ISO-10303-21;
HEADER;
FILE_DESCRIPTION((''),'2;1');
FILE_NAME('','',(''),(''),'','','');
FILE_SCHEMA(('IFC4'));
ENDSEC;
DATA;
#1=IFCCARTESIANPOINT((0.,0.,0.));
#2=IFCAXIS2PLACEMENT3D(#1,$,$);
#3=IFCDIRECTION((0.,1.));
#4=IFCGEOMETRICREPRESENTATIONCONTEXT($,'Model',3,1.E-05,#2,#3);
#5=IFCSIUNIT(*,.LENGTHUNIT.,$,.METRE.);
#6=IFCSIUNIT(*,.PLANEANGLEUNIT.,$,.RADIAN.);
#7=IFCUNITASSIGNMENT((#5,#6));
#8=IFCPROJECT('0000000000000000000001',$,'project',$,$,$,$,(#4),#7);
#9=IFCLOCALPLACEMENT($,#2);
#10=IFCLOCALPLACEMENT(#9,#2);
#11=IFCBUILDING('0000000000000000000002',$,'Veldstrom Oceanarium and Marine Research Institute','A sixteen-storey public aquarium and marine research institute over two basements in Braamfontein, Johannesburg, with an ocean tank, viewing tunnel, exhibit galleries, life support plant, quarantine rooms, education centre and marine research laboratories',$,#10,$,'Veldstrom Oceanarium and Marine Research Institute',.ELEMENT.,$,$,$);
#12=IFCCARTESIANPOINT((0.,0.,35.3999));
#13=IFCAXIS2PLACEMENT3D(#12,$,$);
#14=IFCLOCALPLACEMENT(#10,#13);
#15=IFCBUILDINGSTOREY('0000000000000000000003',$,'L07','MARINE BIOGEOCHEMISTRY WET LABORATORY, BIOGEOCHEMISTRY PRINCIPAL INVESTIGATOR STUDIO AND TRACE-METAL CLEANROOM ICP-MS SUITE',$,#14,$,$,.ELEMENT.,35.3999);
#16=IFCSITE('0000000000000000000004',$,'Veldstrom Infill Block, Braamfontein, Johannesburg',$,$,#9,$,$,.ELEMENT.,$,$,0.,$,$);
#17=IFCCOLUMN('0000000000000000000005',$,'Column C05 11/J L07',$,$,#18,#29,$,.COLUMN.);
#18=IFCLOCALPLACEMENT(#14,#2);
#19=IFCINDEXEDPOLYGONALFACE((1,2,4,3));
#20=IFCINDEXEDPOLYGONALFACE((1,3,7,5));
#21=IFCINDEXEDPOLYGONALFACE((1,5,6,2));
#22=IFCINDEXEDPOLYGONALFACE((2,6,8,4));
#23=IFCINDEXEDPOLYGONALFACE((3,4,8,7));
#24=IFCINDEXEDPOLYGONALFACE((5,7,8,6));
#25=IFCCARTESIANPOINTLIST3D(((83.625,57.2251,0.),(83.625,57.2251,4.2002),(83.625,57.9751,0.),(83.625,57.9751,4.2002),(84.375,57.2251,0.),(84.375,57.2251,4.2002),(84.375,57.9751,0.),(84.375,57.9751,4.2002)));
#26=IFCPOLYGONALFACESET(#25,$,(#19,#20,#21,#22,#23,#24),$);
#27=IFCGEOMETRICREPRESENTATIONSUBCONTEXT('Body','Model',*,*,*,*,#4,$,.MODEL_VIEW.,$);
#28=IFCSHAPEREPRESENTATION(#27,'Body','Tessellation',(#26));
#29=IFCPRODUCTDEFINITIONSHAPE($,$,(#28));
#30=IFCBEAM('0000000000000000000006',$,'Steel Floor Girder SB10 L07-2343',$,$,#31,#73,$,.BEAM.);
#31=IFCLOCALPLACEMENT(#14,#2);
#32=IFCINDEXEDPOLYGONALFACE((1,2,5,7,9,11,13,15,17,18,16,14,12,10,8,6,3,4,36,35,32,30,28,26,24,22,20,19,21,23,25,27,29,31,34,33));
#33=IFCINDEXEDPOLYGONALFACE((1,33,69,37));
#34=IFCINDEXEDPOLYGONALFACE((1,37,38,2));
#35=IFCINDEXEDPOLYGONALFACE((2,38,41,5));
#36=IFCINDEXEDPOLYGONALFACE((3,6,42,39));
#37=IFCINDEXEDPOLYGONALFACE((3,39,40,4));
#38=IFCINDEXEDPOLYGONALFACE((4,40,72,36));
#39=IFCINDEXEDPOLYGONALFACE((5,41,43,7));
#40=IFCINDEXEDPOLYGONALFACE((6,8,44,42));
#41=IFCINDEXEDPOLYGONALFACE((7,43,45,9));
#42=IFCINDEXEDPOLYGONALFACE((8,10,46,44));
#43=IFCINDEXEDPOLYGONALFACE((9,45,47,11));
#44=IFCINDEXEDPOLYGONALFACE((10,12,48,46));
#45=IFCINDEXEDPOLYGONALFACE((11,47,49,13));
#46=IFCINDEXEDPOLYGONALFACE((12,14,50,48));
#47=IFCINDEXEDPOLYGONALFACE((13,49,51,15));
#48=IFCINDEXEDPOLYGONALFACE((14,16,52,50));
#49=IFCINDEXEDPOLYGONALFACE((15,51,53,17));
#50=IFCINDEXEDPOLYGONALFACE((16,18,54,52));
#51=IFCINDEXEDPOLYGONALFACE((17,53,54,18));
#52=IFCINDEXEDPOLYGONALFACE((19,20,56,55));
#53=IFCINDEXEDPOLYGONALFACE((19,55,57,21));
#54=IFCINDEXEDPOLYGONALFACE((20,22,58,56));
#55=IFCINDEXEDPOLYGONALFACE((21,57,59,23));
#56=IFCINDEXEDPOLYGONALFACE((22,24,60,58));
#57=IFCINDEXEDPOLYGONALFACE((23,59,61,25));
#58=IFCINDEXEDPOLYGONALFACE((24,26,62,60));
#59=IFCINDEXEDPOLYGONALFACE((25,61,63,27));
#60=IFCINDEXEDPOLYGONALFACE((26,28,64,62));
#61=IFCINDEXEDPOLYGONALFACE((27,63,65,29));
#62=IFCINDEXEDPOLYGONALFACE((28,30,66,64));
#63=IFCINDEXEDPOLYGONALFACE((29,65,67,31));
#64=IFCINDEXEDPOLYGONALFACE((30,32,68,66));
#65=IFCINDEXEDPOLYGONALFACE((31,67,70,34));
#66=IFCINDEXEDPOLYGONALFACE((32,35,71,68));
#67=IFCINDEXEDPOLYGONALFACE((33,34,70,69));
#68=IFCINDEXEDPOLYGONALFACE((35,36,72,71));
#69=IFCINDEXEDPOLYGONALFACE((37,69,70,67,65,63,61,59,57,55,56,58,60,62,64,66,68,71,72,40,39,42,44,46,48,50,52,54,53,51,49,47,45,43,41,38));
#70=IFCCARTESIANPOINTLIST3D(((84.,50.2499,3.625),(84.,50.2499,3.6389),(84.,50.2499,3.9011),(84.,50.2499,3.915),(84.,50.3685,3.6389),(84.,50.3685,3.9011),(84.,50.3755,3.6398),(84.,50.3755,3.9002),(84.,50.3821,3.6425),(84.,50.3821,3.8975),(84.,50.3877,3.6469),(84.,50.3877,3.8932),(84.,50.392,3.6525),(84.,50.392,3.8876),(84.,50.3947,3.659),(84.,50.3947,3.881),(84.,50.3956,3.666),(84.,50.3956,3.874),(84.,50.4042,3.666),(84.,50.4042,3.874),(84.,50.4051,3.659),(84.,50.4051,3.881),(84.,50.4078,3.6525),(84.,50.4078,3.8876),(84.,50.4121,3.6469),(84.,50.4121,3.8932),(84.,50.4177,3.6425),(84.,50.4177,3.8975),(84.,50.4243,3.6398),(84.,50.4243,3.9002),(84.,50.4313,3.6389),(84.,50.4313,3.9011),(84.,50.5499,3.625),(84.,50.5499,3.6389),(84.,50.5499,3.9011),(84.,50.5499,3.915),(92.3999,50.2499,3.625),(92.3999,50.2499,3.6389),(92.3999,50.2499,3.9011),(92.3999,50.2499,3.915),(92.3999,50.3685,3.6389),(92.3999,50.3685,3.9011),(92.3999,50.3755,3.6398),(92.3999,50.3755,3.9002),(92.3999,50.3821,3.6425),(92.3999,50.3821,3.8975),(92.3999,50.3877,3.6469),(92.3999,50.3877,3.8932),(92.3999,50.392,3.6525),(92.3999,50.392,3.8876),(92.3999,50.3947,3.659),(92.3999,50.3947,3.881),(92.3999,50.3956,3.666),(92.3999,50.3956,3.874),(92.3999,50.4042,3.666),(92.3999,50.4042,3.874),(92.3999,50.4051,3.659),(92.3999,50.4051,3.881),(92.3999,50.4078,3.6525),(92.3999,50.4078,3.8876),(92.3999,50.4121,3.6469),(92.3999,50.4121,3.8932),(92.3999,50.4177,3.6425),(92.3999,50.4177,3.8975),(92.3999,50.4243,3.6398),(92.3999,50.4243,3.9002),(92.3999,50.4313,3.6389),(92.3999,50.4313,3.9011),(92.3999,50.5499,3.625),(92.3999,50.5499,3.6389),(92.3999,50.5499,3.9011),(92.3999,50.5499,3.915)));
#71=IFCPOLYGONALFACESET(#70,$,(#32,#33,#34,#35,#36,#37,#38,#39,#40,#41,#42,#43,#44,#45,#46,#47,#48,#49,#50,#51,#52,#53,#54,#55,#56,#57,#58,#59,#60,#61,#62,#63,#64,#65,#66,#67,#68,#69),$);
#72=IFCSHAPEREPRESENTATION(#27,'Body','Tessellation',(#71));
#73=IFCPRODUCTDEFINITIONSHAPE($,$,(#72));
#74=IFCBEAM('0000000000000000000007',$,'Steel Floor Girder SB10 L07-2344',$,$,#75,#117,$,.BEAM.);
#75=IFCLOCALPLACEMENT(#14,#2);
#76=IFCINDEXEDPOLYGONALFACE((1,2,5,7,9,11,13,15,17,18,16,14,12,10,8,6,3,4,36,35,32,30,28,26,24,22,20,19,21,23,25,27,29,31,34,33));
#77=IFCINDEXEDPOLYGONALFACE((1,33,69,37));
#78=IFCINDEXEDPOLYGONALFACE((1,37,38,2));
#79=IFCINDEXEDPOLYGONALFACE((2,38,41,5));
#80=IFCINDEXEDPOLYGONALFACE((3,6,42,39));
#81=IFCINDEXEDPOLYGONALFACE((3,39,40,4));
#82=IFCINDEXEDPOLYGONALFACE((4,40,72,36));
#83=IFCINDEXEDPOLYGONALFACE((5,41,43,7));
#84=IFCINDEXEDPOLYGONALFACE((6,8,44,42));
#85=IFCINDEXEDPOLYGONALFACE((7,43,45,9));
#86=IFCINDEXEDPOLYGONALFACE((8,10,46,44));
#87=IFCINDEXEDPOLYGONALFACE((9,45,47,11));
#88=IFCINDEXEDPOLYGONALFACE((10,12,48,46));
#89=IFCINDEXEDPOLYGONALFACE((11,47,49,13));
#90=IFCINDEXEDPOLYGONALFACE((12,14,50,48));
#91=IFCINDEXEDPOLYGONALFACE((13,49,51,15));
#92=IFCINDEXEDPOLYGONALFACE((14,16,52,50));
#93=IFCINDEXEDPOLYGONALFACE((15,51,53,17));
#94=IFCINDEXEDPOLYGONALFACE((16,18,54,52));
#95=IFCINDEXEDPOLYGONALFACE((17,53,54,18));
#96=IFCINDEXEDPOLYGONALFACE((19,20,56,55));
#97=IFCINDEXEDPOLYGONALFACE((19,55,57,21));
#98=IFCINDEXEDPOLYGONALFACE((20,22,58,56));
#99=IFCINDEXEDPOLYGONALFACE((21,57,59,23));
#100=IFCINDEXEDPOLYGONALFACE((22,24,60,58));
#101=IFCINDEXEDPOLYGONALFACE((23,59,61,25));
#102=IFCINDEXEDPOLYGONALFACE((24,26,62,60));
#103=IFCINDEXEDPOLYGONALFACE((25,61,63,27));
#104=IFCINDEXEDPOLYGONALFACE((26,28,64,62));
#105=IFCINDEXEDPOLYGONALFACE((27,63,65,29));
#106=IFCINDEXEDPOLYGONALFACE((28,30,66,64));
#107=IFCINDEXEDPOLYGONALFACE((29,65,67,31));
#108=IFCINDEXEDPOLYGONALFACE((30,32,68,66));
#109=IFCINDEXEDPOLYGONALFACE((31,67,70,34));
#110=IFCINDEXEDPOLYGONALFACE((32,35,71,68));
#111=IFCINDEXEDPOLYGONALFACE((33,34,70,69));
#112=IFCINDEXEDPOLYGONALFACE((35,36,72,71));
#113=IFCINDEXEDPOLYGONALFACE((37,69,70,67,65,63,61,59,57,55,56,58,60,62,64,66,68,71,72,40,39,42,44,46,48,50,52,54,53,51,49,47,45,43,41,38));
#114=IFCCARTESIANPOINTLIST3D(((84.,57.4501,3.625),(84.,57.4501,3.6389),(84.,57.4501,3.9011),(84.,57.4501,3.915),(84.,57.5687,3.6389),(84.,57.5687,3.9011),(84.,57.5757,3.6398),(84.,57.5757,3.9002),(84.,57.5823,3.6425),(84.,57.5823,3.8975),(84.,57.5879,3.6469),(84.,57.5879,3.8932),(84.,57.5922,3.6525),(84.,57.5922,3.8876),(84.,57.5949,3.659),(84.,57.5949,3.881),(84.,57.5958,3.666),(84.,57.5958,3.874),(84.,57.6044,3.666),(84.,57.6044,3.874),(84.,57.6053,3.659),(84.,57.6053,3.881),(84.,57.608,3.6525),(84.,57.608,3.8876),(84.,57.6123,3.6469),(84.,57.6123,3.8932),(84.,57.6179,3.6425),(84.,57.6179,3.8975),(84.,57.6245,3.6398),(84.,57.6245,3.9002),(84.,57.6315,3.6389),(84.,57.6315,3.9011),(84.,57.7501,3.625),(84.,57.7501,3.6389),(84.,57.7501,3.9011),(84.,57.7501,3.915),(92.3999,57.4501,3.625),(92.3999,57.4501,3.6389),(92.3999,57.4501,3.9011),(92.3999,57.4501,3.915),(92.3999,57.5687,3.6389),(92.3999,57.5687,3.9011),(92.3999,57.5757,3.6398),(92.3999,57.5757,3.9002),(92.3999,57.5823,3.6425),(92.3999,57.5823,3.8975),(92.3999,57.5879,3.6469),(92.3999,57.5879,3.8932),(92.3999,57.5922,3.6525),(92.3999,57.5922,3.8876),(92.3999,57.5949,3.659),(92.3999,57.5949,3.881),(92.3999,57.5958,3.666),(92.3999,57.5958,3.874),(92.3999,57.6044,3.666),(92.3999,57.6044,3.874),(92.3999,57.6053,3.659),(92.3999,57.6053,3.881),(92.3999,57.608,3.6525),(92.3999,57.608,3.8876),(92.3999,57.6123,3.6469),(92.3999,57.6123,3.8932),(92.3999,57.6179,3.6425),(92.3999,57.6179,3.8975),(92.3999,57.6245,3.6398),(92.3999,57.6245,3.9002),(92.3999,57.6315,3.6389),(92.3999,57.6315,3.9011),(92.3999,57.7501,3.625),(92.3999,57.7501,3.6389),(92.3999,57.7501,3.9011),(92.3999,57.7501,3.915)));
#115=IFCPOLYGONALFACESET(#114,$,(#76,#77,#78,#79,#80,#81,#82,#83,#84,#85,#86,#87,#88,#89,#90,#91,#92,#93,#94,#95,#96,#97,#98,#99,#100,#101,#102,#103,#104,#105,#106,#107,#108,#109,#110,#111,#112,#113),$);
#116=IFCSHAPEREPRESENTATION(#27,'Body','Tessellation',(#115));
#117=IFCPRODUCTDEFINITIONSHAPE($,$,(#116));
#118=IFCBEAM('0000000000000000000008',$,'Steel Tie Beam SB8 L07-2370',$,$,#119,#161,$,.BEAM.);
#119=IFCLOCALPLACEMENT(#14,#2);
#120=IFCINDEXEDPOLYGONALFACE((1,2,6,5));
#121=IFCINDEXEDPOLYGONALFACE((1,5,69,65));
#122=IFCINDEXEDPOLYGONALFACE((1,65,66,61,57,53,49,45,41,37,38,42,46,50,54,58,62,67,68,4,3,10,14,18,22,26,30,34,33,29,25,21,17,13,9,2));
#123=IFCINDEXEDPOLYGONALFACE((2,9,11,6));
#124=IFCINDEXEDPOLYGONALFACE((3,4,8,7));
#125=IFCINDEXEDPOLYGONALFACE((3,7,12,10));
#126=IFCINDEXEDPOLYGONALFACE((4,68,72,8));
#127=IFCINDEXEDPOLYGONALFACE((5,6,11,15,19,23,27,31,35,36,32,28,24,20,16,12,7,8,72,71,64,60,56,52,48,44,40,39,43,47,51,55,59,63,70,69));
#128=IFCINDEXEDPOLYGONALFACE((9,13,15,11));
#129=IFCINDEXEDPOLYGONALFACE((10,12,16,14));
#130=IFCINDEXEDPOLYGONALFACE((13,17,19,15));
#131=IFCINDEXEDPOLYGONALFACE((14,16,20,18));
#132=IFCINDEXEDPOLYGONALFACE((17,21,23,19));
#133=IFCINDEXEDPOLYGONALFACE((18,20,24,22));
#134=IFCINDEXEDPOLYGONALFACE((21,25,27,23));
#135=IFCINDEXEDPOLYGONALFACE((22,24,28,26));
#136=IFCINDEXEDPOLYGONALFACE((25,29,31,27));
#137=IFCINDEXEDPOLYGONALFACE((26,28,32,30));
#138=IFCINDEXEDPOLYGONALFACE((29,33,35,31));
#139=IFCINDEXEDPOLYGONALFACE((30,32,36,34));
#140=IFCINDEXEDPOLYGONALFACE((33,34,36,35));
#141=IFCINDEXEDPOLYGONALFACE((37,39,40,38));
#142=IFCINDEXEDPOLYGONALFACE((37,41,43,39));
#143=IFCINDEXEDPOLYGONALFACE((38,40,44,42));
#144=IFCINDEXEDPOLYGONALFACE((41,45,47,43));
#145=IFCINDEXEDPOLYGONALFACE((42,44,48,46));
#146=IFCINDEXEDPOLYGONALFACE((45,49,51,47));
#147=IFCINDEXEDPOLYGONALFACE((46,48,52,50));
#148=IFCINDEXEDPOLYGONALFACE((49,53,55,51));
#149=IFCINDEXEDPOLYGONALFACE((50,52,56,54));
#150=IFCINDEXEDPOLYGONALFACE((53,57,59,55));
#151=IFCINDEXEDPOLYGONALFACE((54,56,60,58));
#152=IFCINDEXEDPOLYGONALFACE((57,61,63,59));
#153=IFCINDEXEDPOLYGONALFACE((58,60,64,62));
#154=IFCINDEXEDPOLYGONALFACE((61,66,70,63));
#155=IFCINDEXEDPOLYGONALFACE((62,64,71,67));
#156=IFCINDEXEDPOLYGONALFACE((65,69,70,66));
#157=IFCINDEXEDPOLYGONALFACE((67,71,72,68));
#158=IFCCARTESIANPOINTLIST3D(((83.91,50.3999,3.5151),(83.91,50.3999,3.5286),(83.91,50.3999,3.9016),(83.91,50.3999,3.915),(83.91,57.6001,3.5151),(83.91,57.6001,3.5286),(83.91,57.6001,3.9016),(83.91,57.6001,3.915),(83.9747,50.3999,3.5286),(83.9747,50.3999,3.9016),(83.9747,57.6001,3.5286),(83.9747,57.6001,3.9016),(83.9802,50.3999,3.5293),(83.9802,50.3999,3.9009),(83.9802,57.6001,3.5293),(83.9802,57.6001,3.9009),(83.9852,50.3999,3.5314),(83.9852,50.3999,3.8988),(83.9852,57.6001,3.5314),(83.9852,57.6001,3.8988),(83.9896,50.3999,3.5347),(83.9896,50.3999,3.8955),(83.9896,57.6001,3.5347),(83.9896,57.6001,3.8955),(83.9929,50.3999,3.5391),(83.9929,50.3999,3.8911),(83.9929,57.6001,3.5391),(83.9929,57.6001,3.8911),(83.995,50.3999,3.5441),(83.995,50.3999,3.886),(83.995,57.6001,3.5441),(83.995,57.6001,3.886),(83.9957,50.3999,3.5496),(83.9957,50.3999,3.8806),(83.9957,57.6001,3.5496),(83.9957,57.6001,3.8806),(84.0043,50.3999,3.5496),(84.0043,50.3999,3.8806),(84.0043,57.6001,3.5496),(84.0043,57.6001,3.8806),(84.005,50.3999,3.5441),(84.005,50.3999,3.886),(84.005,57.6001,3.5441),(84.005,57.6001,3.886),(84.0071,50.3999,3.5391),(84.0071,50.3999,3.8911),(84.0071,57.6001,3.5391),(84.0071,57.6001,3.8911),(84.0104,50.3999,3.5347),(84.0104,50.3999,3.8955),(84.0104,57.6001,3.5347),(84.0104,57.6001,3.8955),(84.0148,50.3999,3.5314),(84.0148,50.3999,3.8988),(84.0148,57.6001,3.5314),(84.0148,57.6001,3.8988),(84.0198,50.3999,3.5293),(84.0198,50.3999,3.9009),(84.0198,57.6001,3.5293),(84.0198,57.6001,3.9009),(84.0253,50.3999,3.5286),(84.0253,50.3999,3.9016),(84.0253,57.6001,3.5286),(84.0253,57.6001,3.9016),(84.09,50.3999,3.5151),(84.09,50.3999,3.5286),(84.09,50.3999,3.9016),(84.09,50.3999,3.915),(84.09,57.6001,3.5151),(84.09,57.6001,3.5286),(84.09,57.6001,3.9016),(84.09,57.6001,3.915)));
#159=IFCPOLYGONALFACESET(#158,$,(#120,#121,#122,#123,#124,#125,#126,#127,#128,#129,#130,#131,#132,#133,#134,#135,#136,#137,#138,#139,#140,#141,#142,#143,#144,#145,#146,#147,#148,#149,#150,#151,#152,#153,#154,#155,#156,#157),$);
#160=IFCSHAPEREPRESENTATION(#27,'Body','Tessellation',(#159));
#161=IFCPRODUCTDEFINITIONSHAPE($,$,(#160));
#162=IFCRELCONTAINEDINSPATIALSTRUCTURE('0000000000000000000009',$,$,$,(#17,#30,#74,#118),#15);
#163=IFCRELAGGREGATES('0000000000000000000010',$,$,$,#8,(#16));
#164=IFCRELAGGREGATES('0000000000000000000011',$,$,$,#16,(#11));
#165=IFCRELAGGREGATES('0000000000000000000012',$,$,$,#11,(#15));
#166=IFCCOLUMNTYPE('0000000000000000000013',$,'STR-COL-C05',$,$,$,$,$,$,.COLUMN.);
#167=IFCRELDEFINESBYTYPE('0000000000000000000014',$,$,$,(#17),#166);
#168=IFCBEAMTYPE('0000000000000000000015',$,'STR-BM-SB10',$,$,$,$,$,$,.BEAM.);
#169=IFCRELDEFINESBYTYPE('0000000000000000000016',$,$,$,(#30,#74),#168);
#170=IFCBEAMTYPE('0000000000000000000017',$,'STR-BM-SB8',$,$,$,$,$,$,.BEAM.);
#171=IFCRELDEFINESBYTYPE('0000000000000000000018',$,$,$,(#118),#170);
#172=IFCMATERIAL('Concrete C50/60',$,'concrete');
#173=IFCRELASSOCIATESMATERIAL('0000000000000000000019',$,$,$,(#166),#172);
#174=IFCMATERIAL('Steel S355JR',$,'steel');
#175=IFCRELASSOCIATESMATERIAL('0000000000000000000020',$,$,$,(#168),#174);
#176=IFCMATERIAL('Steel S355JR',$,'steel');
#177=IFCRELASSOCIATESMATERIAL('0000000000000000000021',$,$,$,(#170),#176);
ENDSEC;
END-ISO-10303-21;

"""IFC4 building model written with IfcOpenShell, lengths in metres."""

from ifc_helpers import new_model, si_unit, direction, frame, origin, origin_2d, place, context, subcontext, project, spatial, rectangle, i_section, extrude, material, material_profile, profile_set, type_object, element, save


model = new_model("IFC4")

# Units and contexts
model_context = context("Model", 3, precision=1e-05, world=origin(), true_north=direction((0.0, 1.0)))
body_context = subcontext(model_context, "Body", "Model", "MODEL_VIEW")
ifc_project = project(units=[si_unit("LENGTHUNIT", "METRE"), si_unit("PLANEANGLEUNIT", "RADIAN")], contexts=[model_context])

# Site, building, storey
site_placement = place(None, origin())
site = spatial("IfcSite", under=ifc_project, at=site_placement, Name="Veldstrom Infill Block, Braamfontein, Johannesburg", CompositionType="ELEMENT", RefElevation=0.0)
building_placement = place(site_placement, origin())
building = spatial("IfcBuilding", under=site, at=building_placement, Name="Veldstrom Oceanarium and Marine Research Institute", Description="A sixteen-storey public aquarium and marine research institute over two basements in Braamfontein, Johannesburg, with an ocean tank, viewing tunnel, exhibit galleries, life support plant, quarantine rooms, education centre and marine research laboratories", LongName="Veldstrom Oceanarium and Marine Research Institute", CompositionType="ELEMENT")
storey_placement = place(building_placement, frame((0.0, 0.0, 35.3999)))
storey = spatial("IfcBuildingStorey", under=building, at=storey_placement, Name="L07", Description="MARINE BIOGEOCHEMISTRY WET LABORATORY, BIOGEOCHEMISTRY PRINCIPAL INVESTIGATOR STUDIO AND TRACE-METAL CLEANROOM ICP-MS SUITE", CompositionType="ELEMENT", Elevation=35.3999)

# Column
ifc_material_1 = material(Name="Concrete C50/60", Category="concrete")
ifc_material_profile_1 = material_profile(ifc_material_1, rectangle(XDim=0.75, YDim=0.75, at=origin_2d()), Name="RC-COL-750x750")
ifc_profile_set_1 = profile_set([ifc_material_profile_1], Name="Concrete C50/60")
column_type = type_object("IfcColumnType", Name="STR-COL-C05", PredefinedType="COLUMN", material=ifc_profile_set_1)
column_placement = place(storey_placement, frame((84.0, 57.6001, 0.0), z_axis=(0.0, 0.0, 1.0), x_axis=(1.0, 0.0, 0.0)))
element("IfcColumn", 1, at=column_placement, inside=storey, type_object=column_type, Name="Column C05 11/J L07", PredefinedType="COLUMN", context=body_context, shape_type="SweptSolid", body=[
    extrude(rectangle(XDim=0.75, YDim=0.75, at=origin_2d()), origin(), (0.0, 0.0, 1.0), 4.2002),
])

# Beams
ifc_material_2 = material(Name="Steel S355JR", Category="steel")
ifc_material_profile_2 = material_profile(ifc_material_2, i_section(OverallWidth=0.3, OverallDepth=0.29, WebThickness=0.0085, FlangeThickness=0.0139, FilletRadius=0.0271, at=origin_2d()), Name="HEA 300")
ifc_profile_set_2 = profile_set([ifc_material_profile_2], Name="Steel S355JR")
beam_type_1 = type_object("IfcBeamType", Name="STR-BM-SB10", PredefinedType="BEAM", material=ifc_profile_set_2)
for number, where, z_axis, x_axis, name in (
    (2, (84.0, 50.3999, 3.77), (1.0, 0.0, 0.0), (0.0, 1.0, 0.0), "Steel Floor Girder SB10 L07-2343"),
    (3, (84.0, 57.6001, 3.77), (1.0, 0.0, 0.0), (0.0, 1.0, 0.0), "Steel Floor Girder SB10 L07-2344"),
):
    element("IfcBeam", number, at=place(storey_placement, frame(where, z_axis=z_axis, x_axis=x_axis)), inside=storey, type_object=beam_type_1, Name=name, PredefinedType="BEAM", context=body_context, shape_type="SweptSolid", body=[
        extrude(i_section(OverallWidth=0.3, OverallDepth=0.29, WebThickness=0.0085, FlangeThickness=0.0139, FilletRadius=0.0271, at=origin_2d()), origin(), (0.0, 0.0, 1.0), 8.3999),
    ])
ifc_material_3 = material(Name="Steel S355JR", Category="steel")
ifc_material_profile_3 = material_profile(ifc_material_3, i_section(OverallWidth=0.1799, OverallDepth=0.3999, WebThickness=0.0085, FlangeThickness=0.0134, FilletRadius=0.021, at=origin_2d()), Name="IPE 400")
ifc_profile_set_3 = profile_set([ifc_material_profile_3], Name="Steel S355JR")
beam_type_2 = type_object("IfcBeamType", Name="STR-BM-SB8", PredefinedType="BEAM", material=ifc_profile_set_3)
beam_1_placement = place(storey_placement, frame((84.0, 50.3999, 3.7151), z_axis=(0.0, 1.0, 0.0), x_axis=(-1.0, 0.0, 0.0)))
element("IfcBeam", 4, at=beam_1_placement, inside=storey, type_object=beam_type_2, Name="Steel Tie Beam SB8 L07-2370", PredefinedType="BEAM", context=body_context, shape_type="SweptSolid", body=[
    extrude(i_section(OverallWidth=0.1799, OverallDepth=0.3999, WebThickness=0.0085, FlangeThickness=0.0134, FilletRadius=0.021, at=origin_2d()), origin(), (0.0, 0.0, 1.0), 7.2002),
])

save(model, "model.ifc")
